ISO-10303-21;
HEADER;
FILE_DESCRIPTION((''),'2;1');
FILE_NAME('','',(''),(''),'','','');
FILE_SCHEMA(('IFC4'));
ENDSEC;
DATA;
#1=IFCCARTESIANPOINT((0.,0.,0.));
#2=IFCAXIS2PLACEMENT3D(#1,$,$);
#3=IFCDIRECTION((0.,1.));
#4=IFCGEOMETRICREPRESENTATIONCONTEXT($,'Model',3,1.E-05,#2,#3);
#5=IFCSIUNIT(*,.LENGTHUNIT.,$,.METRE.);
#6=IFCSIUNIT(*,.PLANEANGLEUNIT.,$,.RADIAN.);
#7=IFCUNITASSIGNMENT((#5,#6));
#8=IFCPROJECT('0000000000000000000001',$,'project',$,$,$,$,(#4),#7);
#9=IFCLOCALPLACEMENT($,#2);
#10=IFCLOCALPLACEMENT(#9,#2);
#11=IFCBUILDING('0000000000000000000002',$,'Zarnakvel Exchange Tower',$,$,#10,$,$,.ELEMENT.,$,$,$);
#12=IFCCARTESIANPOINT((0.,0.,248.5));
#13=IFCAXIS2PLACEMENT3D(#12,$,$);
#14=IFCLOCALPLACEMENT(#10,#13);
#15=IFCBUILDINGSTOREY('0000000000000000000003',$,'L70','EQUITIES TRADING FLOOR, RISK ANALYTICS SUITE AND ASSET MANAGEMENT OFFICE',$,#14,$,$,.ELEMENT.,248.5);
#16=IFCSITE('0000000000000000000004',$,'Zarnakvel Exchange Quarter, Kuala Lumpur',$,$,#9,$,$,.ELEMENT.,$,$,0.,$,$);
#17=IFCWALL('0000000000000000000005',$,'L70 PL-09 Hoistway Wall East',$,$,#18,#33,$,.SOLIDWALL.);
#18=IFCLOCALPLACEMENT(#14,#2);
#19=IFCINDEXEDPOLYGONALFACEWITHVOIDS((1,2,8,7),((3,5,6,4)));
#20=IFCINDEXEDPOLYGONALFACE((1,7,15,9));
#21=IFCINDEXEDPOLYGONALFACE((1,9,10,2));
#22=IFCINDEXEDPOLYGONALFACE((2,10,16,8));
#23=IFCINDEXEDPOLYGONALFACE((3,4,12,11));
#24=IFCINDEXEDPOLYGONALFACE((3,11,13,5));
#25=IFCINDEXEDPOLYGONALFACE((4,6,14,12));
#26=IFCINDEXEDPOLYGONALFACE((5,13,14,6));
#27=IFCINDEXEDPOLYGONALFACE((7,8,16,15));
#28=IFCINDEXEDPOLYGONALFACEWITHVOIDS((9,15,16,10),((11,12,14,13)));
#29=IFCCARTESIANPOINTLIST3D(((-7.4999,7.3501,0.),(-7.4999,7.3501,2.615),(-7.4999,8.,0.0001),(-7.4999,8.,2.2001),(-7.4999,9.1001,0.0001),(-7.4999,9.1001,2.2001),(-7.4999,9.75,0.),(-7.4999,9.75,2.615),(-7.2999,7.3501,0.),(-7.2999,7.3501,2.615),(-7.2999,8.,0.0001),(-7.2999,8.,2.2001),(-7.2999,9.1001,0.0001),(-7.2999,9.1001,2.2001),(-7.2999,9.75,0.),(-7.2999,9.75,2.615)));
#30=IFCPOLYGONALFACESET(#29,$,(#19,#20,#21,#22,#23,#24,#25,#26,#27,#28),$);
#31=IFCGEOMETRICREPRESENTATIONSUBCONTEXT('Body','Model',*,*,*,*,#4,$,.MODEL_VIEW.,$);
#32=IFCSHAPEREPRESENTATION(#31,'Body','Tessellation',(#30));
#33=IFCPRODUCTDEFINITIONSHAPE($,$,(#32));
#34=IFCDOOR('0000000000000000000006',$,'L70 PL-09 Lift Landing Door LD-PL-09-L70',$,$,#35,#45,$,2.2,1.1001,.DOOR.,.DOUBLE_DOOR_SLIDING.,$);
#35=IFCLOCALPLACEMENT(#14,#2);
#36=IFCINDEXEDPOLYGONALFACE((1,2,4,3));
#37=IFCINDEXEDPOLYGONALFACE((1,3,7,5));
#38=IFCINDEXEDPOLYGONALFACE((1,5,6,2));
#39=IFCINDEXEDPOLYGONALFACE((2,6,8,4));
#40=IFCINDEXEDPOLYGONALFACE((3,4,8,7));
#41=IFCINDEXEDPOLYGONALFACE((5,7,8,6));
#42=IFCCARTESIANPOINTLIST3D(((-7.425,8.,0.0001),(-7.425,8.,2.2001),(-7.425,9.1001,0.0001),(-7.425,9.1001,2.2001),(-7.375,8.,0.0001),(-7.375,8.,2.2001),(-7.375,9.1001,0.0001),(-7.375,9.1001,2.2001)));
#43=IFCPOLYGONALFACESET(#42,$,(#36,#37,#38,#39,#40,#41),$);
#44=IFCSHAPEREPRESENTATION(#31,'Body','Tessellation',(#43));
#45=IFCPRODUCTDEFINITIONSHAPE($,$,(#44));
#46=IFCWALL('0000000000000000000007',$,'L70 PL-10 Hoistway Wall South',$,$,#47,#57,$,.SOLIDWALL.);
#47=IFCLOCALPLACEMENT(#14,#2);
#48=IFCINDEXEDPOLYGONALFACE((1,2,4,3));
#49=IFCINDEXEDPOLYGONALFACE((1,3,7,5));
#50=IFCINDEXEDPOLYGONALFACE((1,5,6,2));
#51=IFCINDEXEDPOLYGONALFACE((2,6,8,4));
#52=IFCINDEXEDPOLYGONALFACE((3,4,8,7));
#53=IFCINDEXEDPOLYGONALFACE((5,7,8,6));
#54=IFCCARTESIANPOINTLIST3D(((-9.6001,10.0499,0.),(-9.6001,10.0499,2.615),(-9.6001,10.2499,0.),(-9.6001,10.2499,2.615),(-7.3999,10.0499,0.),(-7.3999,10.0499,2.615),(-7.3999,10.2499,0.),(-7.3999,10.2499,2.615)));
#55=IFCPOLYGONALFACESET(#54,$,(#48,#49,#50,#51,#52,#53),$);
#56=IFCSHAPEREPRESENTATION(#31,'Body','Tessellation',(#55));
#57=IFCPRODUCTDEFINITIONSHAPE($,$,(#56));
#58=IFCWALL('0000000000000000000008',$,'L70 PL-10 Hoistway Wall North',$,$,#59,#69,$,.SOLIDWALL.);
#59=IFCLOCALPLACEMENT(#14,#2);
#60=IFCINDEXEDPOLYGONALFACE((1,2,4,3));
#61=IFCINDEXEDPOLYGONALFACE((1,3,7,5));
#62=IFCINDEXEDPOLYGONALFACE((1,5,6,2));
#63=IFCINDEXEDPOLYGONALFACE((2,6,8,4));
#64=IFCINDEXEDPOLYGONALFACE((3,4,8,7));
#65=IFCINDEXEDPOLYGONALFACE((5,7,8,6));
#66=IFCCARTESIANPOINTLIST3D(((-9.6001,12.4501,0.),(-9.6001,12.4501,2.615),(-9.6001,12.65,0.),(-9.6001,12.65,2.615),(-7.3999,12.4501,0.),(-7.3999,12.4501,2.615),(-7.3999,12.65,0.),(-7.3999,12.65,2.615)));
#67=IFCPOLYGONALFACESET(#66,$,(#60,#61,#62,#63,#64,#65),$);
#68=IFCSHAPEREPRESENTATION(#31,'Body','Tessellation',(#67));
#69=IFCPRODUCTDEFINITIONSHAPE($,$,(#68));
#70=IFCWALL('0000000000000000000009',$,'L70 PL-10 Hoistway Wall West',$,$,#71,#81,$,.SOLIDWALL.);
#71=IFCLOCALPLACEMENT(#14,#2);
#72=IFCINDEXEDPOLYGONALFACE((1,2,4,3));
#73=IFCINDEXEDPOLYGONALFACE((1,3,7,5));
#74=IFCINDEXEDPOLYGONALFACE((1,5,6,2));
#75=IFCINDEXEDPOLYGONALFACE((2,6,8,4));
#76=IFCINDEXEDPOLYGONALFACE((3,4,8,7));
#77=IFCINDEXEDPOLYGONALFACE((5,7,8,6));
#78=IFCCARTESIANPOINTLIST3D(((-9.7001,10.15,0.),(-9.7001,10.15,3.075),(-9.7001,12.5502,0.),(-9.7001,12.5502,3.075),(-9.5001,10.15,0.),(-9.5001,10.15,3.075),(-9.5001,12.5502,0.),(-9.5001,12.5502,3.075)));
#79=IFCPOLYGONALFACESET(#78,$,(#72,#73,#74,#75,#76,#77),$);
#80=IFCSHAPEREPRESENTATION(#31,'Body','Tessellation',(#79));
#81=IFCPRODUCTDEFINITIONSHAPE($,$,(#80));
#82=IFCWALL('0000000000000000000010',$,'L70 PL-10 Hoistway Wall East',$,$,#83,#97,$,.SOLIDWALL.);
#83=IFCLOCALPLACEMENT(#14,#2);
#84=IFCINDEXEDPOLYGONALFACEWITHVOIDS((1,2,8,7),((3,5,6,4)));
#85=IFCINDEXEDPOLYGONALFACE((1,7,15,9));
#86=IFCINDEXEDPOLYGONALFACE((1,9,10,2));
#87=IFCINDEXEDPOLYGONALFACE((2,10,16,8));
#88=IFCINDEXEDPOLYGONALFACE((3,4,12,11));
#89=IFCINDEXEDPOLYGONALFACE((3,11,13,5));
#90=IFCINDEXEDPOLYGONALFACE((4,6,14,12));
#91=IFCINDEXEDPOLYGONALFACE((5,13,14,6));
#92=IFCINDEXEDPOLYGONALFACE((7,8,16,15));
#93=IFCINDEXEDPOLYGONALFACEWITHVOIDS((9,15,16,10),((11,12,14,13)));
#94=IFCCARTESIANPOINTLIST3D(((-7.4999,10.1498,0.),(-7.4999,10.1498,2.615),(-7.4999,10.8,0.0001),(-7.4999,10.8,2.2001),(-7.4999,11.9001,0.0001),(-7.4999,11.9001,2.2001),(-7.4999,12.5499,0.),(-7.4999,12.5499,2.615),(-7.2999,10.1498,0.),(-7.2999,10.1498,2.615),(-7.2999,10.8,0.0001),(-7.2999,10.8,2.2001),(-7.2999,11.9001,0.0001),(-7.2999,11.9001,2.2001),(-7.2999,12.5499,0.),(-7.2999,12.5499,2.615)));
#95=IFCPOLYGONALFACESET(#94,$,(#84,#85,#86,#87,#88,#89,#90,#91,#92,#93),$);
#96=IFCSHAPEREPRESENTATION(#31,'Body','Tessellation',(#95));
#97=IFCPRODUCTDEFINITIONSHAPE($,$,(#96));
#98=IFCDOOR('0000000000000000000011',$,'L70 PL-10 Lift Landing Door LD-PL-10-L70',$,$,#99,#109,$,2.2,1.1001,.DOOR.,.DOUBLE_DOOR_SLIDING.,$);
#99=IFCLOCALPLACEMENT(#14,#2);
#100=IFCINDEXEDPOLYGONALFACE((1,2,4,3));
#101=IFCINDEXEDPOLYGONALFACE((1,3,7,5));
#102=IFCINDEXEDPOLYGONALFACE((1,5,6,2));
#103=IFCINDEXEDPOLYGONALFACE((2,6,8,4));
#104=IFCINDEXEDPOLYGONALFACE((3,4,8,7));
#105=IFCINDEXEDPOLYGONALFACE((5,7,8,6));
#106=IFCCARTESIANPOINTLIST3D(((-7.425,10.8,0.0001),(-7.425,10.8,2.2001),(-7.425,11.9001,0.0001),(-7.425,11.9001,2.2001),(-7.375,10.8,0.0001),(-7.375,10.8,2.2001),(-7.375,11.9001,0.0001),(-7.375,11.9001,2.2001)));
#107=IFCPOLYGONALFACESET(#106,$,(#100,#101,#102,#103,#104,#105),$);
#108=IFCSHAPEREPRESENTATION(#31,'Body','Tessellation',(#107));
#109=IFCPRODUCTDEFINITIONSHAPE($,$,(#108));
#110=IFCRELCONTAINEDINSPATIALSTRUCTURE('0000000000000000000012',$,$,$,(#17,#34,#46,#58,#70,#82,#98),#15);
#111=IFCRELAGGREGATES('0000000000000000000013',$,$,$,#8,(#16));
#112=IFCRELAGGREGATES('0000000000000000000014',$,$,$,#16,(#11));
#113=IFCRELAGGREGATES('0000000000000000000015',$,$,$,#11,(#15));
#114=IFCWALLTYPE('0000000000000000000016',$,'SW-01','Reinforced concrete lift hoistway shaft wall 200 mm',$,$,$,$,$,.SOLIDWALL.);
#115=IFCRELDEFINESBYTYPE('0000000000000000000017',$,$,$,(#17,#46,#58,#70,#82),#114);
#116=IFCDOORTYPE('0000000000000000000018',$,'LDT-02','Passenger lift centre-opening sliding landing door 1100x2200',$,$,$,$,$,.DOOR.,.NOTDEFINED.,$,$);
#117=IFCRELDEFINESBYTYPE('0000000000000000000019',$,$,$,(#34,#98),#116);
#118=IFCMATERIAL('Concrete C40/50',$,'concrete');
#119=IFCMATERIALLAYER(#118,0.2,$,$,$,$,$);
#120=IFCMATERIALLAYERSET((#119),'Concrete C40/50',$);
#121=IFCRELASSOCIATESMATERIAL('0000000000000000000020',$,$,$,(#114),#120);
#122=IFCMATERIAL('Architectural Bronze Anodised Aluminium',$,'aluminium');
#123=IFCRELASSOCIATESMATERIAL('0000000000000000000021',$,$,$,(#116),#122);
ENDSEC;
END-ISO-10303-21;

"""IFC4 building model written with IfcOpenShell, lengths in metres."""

from ifc_helpers import new_model, si_unit, direction, frame, frame_2d, origin, place, context, subcontext, project, spatial, rectangle, extrude, source, transform, mapped, material, layer, layer_set, type_object, element, fill, save


model = new_model("IFC4")

# Units and contexts
model_context = context("Model", 3, precision=1e-05, world=origin(), true_north=direction((0.0, 1.0)))
body_context = subcontext(model_context, "Body", "Model", "MODEL_VIEW")
ifc_project = project(units=[si_unit("LENGTHUNIT", "METRE"), si_unit("PLANEANGLEUNIT", "RADIAN")], contexts=[model_context])

# Site, building, storey
site_placement = place(None, origin())
site = spatial("IfcSite", under=ifc_project, at=site_placement, Name="Zarnakvel Exchange Quarter, Kuala Lumpur", CompositionType="ELEMENT", RefElevation=0.0)
building_placement = place(site_placement, origin())
building = spatial("IfcBuilding", under=site, at=building_placement, Name="Zarnakvel Exchange Tower", CompositionType="ELEMENT")
storey_placement = place(building_placement, frame((0.0, 0.0, 248.5)))
storey = spatial("IfcBuildingStorey", under=building, at=storey_placement, Name="L70", Description="EQUITIES TRADING FLOOR, RISK ANALYTICS SUITE AND ASSET MANAGEMENT OFFICE", CompositionType="ELEMENT", Elevation=248.5)

# Shared definitions
ifc_material_1 = material(Name="Architectural Bronze Anodised Aluminium", Category="aluminium")

# Wall, opening, door
ifc_material_2 = material(Name="Concrete C40/50", Category="concrete")
ifc_layer_1 = layer(ifc_material_2, 0.2)
ifc_layer_set_1 = layer_set([ifc_layer_1], Name="Concrete C40/50")
wall_type_1 = type_object("IfcWallType", Name="SW-01", Description="Reinforced concrete lift hoistway shaft wall 200 mm", PredefinedType="SOLIDWALL", material=ifc_layer_set_1)
wall_1_placement = place(storey_placement, frame((-7.3999, 9.75, 0.0), z_axis=(0.0, 0.0, 1.0), x_axis=(0.0, -1.0, 0.0)))
wall_1 = element("IfcWall", 1, at=wall_1_placement, inside=storey, type_object=wall_type_1, Name="L70 PL-09 Hoistway Wall East", PredefinedType="SOLIDWALL", context=body_context, shape_type="SweptSolid", body=[
    extrude(rectangle(XDim=2.3999, YDim=0.2, at=frame_2d((1.2, 0.0))), origin(), (0.0, 0.0, 1.0), 2.615),
])
opening_1_placement = place(wall_1_placement, frame((0.6499, 0.0, 0.0)))
opening_1 = element("IfcOpeningElement", 2, at=opening_1_placement, cuts=wall_1, PredefinedType="OPENING", context=body_context, shape_type="SweptSolid", body=[
    extrude(rectangle(XDim=1.1001, YDim=2.2, at=frame_2d((0.55, 1.1001))), frame((0.0, 0.1099, 0.0), z_axis=(0.0, -1.0, 0.0), x_axis=(1.0, 0.0, 0.0)), (0.0, 0.0, 1.0), 0.22),
])
door_type_1 = type_object("IfcDoorType", Name="LDT-02", Description="Passenger lift centre-opening sliding landing door 1100x2200", OperationType="NOTDEFINED", PredefinedType="DOOR", material=ifc_material_1)
shared_shape_1 = source(origin(), body_context, "Body", "SweptSolid", [
    extrude(rectangle(XDim=1.1001, YDim=2.2, at=frame_2d((0.55, 1.1001))), frame((0.0, 0.0249, 0.0), z_axis=(0.0, -1.0, 0.0), x_axis=(1.0, 0.0, 0.0)), (0.0, 0.0, 1.0), 0.05),
])
door_1_placement = place(opening_1_placement, origin())
door_1 = element("IfcDoor", 3, at=door_1_placement, inside=storey, type_object=door_type_1, Name="L70 PL-09 Lift Landing Door LD-PL-09-L70", OperationType="DOUBLE_DOOR_SLIDING", OverallHeight=2.2, OverallWidth=1.1001, PredefinedType="DOOR", context=body_context, shape_type="MappedRepresentation", body=[
    mapped(shared_shape_1, transform((0.0, 0.0, 0.0), x_axis=(1.0, 0.0, 0.0), y_axis=(0.0, 1.0, 0.0), z_axis=(0.0, 0.0, 1.0), scale=1.0)),
])
fill(opening_1, door_1)

# Walls
for number, where, z_axis, x_axis, name in (
    (4, (-7.3999, 10.1499, 0.0), (0.0, 0.0, 1.0), (-1.0, 0.0, 0.0), "L70 PL-10 Hoistway Wall South"),
    (5, (-9.6001, 12.55, 0.0), (0.0, 0.0, 1.0), (1.0, 0.0, 0.0), "L70 PL-10 Hoistway Wall North"),
):
    element("IfcWall", number, at=place(storey_placement, frame(where, z_axis=z_axis, x_axis=x_axis)), inside=storey, type_object=wall_type_1, Name=name, PredefinedType="SOLIDWALL", context=body_context, shape_type="SweptSolid", body=[
        extrude(rectangle(XDim=2.2002, YDim=0.2, at=frame_2d((1.1001, 0.0))), origin(), (0.0, 0.0, 1.0), 2.615),
    ])
wall_2_placement = place(storey_placement, frame((-9.6001, 10.1499, 0.0), z_axis=(0.0, 0.0, 1.0), x_axis=(0.0, 1.0, 0.0)))
element("IfcWall", 6, at=wall_2_placement, inside=storey, type_object=wall_type_1, Name="L70 PL-10 Hoistway Wall West", PredefinedType="SOLIDWALL", context=body_context, shape_type="SweptSolid", body=[
    extrude(rectangle(XDim=2.4001, YDim=0.2, at=frame_2d((1.2002, 0.0))), origin(), (0.0, 0.0, 1.0), 3.075),
])

# Wall, opening, door
wall_3_placement = place(storey_placement, frame((-7.3999, 12.55, 0.0), z_axis=(0.0, 0.0, 1.0), x_axis=(0.0, -1.0, 0.0)))
wall_3 = element("IfcWall", 7, at=wall_3_placement, inside=storey, type_object=wall_type_1, Name="L70 PL-10 Hoistway Wall East", PredefinedType="SOLIDWALL", context=body_context, shape_type="SweptSolid", body=[
    extrude(rectangle(XDim=2.4001, YDim=0.2, at=frame_2d((1.2002, 0.0))), origin(), (0.0, 0.0, 1.0), 2.615),
])
opening_2_placement = place(wall_3_placement, frame((0.6499, 0.0, 0.0)))
opening_2 = element("IfcOpeningElement", 8, at=opening_2_placement, cuts=wall_3, PredefinedType="OPENING", context=body_context, shape_type="SweptSolid", body=[
    extrude(rectangle(XDim=1.1001, YDim=2.2, at=frame_2d((0.55, 1.1001))), frame((0.0, 0.1099, 0.0), z_axis=(0.0, -1.0, 0.0), x_axis=(1.0, 0.0, 0.0)), (0.0, 0.0, 1.0), 0.22),
])
door_2_placement = place(opening_2_placement, origin())
door_2 = element("IfcDoor", 9, at=door_2_placement, inside=storey, type_object=door_type_1, Name="L70 PL-10 Lift Landing Door LD-PL-10-L70", OperationType="DOUBLE_DOOR_SLIDING", OverallHeight=2.2, OverallWidth=1.1001, PredefinedType="DOOR", context=body_context, shape_type="MappedRepresentation", body=[
    mapped(shared_shape_1, transform((0.0, 0.0, 0.0), x_axis=(1.0, 0.0, 0.0), y_axis=(0.0, 1.0, 0.0), z_axis=(0.0, 0.0, 1.0), scale=1.0)),
])
fill(opening_2, door_2)

save(model, "model.ifc")
